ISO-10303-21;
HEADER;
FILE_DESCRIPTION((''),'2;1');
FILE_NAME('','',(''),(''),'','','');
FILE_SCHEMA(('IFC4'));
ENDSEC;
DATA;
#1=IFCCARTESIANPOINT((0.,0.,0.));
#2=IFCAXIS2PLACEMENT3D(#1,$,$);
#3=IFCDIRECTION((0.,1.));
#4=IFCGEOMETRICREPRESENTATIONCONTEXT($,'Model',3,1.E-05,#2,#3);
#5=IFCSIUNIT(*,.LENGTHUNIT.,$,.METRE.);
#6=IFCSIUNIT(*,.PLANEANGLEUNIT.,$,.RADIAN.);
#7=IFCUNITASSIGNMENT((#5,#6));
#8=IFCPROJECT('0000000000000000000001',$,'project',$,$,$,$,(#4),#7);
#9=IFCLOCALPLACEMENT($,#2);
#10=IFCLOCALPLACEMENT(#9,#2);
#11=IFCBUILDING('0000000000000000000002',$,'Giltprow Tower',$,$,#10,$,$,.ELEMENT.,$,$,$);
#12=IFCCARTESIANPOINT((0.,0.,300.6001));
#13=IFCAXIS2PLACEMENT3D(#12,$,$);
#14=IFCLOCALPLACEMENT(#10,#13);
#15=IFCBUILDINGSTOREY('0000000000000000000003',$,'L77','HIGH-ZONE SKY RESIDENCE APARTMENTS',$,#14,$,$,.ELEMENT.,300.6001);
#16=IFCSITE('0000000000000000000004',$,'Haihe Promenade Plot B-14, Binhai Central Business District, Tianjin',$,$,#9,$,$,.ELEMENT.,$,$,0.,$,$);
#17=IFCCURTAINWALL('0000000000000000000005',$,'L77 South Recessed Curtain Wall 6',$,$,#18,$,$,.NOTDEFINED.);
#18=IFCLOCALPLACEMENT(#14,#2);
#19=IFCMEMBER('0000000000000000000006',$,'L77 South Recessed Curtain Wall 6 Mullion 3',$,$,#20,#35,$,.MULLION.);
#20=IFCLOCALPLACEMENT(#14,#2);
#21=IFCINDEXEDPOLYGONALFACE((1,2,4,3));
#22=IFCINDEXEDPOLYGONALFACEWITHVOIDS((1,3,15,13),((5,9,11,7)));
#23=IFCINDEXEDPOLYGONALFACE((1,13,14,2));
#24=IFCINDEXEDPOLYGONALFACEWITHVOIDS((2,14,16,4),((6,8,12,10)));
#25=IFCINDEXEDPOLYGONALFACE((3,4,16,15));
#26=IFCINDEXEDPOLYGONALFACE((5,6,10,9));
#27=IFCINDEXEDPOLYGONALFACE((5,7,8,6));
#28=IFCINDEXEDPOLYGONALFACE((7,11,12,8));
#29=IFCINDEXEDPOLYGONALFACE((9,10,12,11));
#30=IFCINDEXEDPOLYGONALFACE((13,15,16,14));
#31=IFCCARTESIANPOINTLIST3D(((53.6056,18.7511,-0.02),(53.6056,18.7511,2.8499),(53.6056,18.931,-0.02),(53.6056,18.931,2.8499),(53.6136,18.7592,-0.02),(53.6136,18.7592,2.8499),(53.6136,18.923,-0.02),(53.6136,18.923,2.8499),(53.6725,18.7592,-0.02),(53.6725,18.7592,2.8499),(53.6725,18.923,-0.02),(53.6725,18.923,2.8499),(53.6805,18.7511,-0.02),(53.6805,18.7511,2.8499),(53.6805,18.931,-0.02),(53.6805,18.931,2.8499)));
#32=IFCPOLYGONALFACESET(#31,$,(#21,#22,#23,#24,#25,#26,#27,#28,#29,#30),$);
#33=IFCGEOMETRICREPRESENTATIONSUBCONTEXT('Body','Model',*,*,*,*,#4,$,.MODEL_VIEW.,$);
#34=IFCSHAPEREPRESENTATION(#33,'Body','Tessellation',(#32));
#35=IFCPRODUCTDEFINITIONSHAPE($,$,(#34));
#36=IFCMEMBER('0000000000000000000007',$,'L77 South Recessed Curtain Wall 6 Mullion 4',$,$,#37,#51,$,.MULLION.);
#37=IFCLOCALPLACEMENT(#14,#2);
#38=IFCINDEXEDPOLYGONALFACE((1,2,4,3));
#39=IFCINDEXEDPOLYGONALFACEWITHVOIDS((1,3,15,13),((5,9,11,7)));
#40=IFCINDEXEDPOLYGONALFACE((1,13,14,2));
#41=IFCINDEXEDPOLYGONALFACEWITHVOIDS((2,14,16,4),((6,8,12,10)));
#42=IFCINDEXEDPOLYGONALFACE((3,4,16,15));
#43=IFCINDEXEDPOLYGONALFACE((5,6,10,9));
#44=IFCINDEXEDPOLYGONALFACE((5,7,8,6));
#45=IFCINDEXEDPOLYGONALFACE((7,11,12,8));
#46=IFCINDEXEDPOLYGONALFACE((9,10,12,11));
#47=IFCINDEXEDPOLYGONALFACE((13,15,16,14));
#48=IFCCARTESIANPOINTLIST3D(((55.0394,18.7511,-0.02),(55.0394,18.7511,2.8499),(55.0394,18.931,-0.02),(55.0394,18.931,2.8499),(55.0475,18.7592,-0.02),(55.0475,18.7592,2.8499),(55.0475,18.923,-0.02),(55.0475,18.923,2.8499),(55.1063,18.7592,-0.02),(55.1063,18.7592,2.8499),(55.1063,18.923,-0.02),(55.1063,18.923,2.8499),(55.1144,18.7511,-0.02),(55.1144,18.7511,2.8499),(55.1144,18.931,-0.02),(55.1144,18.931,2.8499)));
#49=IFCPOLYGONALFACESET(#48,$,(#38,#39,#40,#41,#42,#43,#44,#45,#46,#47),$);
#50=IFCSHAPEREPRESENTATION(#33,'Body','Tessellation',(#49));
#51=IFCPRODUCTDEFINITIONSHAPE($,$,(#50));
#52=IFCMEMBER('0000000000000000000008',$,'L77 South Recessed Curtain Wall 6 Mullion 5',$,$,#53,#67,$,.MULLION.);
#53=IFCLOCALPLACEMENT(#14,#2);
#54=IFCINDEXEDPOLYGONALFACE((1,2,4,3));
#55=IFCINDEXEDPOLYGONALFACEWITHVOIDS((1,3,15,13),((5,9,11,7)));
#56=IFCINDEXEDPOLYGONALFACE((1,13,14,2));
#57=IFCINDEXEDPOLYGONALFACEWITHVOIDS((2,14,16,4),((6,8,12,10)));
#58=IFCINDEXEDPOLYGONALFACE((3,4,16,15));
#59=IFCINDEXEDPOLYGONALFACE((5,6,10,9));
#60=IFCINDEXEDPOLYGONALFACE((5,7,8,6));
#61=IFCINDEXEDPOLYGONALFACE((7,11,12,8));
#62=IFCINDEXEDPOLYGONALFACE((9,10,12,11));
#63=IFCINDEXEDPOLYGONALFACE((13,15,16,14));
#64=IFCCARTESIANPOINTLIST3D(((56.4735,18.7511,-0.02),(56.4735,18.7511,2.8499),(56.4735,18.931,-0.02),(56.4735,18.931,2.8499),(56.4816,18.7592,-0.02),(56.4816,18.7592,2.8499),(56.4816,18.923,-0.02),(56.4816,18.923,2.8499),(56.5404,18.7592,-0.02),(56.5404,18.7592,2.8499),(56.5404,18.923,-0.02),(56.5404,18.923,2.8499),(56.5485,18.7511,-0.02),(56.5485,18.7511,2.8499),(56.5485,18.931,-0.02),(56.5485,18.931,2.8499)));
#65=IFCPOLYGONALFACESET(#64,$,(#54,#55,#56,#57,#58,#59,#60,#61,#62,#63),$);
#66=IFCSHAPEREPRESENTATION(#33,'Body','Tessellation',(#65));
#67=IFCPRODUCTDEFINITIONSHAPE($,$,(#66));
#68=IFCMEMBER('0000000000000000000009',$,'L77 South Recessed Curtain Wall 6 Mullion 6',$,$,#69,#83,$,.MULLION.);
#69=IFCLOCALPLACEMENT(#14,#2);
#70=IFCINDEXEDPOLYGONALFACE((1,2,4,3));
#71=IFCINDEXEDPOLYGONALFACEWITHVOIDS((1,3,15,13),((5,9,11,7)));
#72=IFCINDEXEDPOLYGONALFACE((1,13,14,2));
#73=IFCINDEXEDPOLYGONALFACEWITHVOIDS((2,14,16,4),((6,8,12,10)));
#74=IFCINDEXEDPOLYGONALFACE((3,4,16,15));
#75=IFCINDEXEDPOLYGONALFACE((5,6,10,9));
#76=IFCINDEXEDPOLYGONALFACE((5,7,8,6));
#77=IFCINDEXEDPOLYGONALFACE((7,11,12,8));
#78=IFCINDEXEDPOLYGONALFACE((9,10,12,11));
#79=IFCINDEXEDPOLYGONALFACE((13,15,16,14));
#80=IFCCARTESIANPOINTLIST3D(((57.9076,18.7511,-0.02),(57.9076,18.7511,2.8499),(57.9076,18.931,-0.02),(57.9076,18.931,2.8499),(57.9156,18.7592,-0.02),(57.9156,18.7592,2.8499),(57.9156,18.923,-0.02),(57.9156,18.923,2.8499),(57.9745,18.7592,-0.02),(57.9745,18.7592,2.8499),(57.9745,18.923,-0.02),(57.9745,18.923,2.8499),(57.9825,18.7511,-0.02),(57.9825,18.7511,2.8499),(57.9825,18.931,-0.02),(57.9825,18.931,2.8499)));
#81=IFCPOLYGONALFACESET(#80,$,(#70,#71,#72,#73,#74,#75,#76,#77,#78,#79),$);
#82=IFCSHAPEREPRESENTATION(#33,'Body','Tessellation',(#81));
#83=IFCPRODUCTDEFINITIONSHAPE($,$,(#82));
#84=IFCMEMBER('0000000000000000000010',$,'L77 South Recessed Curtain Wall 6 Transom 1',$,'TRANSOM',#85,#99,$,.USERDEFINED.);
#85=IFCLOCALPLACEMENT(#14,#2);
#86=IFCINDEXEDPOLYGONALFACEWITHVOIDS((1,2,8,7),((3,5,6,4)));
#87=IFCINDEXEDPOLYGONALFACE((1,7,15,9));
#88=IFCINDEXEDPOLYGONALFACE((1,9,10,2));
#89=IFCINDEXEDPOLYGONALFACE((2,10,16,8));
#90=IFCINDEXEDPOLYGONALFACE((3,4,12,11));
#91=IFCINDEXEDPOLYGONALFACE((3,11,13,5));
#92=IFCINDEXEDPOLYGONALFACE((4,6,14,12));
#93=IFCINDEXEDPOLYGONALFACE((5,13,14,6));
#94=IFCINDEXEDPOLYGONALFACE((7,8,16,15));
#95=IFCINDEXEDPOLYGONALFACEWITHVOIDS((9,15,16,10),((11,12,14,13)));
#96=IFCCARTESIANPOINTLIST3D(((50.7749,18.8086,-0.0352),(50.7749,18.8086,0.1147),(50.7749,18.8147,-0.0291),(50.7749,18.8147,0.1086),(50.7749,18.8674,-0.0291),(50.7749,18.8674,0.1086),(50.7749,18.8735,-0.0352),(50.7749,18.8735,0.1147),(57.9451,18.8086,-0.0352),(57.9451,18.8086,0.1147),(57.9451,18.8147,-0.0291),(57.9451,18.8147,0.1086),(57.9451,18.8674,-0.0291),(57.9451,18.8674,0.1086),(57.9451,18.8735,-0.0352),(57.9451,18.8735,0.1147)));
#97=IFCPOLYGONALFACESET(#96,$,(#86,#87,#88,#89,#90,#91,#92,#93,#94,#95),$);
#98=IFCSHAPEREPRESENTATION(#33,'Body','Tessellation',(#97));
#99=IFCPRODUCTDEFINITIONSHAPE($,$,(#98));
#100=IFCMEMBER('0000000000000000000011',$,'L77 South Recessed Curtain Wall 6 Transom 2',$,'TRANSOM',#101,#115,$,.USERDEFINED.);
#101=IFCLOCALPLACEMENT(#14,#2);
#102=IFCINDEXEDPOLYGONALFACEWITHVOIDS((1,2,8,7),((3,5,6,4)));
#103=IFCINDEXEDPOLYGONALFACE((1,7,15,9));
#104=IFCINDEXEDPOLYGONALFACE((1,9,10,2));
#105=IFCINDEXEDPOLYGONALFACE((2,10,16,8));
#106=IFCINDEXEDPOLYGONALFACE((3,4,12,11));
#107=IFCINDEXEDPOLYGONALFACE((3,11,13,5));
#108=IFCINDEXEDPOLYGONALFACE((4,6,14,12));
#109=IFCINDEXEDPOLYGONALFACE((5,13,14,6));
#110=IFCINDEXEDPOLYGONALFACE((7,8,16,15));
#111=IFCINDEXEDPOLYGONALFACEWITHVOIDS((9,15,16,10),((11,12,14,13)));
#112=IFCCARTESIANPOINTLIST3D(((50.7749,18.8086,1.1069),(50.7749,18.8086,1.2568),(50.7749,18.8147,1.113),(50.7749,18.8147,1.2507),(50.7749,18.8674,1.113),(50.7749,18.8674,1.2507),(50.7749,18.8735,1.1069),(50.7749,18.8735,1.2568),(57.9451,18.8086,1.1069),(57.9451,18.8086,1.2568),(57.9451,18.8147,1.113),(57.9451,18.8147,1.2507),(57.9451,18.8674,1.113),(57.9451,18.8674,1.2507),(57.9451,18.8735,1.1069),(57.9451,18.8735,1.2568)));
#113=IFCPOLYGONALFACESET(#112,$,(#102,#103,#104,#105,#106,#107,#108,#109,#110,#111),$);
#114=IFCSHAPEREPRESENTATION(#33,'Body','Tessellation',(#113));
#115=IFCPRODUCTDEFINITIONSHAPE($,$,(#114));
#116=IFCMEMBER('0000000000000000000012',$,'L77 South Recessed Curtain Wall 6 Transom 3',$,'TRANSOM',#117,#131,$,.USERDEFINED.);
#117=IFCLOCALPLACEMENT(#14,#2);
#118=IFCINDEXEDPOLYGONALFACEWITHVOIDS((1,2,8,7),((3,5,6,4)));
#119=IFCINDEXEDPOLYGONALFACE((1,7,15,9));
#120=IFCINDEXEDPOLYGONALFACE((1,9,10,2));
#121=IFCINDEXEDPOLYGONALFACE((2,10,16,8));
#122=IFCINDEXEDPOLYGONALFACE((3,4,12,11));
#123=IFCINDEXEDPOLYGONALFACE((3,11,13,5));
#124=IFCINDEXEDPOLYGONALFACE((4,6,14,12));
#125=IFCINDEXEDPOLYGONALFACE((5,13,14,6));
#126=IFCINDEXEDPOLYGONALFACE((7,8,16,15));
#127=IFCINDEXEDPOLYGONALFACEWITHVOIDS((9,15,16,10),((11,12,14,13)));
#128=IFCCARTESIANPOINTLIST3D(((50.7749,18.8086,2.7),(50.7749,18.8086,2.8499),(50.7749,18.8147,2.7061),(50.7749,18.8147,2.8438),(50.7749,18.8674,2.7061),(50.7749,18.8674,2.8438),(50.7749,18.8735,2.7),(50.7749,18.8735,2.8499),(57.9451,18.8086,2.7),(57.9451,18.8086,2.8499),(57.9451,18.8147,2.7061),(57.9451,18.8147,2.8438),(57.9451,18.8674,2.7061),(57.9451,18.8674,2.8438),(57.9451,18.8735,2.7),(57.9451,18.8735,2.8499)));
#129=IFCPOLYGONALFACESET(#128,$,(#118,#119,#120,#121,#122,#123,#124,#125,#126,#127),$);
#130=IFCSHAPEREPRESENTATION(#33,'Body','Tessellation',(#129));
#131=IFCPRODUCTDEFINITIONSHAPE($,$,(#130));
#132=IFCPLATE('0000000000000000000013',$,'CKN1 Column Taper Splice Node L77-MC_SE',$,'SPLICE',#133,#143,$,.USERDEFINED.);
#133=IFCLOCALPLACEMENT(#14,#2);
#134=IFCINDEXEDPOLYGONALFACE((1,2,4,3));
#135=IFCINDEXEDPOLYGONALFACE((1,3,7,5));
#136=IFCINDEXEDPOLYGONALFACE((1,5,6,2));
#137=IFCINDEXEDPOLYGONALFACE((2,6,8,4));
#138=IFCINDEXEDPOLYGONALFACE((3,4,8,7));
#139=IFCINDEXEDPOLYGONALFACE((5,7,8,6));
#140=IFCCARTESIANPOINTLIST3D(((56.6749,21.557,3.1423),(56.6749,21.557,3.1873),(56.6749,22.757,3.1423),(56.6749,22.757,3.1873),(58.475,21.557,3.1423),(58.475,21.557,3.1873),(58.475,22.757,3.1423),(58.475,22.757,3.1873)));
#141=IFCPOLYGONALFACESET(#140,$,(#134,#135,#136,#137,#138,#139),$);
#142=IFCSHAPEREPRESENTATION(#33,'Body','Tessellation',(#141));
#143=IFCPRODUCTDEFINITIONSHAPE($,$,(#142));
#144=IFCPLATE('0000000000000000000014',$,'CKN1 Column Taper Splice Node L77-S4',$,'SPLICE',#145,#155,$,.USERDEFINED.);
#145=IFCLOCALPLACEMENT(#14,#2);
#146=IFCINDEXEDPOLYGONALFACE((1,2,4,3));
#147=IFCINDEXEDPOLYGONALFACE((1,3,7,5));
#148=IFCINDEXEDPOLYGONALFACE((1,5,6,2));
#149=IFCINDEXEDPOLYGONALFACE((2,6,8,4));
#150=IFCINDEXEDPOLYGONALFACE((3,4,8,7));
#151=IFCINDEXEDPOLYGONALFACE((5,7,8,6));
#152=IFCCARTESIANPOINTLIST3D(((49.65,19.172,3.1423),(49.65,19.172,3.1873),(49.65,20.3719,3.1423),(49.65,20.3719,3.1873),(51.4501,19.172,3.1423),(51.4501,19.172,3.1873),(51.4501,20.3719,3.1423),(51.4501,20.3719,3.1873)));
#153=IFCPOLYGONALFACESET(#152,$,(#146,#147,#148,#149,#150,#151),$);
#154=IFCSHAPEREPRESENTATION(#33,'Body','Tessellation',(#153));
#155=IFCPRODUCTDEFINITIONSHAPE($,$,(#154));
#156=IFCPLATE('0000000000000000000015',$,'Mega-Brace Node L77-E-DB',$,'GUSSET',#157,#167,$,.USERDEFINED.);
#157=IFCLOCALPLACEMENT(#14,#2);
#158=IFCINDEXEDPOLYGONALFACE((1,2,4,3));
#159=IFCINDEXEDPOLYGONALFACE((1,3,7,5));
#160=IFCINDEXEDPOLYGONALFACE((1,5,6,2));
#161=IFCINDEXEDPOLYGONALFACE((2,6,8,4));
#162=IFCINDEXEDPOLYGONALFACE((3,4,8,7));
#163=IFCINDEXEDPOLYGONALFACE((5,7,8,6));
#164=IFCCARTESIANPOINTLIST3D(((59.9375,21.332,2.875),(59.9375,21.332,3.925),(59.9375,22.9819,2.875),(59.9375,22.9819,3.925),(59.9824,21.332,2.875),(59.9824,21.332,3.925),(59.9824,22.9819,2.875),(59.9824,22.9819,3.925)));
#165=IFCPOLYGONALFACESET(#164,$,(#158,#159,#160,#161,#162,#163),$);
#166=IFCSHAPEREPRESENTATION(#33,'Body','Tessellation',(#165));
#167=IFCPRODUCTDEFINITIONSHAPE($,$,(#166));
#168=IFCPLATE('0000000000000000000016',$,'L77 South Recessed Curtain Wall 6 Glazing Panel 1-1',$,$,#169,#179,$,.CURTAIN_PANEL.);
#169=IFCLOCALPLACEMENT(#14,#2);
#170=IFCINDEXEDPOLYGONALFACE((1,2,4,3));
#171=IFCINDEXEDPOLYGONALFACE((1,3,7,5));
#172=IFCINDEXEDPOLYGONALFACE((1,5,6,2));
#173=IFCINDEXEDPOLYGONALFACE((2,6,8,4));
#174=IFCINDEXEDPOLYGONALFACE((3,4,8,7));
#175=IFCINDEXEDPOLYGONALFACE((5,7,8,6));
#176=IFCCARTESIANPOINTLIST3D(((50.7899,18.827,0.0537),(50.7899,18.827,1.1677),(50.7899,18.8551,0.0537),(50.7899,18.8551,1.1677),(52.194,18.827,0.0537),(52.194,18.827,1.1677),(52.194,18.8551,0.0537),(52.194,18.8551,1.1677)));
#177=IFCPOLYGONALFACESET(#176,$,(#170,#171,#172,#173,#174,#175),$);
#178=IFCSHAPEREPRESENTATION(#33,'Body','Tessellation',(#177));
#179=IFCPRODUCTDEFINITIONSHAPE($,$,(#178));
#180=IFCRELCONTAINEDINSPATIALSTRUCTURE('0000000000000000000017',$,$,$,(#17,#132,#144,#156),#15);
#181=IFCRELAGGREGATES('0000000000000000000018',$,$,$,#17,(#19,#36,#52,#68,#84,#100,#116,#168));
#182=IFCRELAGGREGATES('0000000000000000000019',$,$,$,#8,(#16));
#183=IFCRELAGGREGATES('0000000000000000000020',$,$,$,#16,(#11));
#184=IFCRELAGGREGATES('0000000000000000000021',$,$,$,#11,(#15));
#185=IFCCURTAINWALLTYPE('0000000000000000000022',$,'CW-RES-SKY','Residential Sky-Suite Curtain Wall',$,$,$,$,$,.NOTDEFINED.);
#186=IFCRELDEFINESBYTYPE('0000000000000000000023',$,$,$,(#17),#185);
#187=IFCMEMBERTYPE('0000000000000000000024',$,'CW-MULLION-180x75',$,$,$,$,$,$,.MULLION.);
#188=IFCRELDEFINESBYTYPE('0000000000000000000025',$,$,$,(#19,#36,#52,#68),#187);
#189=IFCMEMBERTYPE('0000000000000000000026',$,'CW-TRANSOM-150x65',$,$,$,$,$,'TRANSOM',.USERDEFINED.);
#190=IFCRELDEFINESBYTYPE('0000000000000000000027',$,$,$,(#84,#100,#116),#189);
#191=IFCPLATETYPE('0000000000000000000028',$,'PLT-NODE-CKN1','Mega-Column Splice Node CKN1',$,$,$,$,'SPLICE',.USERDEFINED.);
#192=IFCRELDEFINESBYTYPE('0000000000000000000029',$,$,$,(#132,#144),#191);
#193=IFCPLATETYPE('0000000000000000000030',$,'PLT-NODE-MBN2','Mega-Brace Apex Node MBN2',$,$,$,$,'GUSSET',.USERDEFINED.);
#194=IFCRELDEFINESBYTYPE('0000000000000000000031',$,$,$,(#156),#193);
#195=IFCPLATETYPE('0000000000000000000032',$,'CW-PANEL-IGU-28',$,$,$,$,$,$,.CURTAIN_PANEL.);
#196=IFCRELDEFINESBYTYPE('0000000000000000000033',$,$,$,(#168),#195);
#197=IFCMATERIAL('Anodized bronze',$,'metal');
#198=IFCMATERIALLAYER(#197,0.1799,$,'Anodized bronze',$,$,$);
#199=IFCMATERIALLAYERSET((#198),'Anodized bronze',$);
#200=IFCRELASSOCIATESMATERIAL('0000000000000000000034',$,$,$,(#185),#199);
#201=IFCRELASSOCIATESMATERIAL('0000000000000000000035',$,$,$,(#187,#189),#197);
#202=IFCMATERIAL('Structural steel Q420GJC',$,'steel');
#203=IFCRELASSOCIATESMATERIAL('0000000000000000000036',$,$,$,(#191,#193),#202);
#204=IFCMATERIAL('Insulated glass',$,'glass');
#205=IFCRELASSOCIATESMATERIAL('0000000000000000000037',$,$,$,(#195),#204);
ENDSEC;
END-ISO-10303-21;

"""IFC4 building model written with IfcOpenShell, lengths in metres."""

from ifc_helpers import new_model, si_unit, direction, frame, origin, origin_2d, place, context, subcontext, project, spatial, rectangle, hollow_rectangle, extrude, source, transform, mapped, material, layer, layer_set, material_profile, profile_set, type_object, element, aggregate, save


model = new_model("IFC4")

# Units and contexts
model_context = context("Model", 3, precision=1e-05, world=origin(), true_north=direction((0.0, 1.0)))
body_context = subcontext(model_context, "Body", "Model", "MODEL_VIEW")
ifc_project = project(units=[si_unit("LENGTHUNIT", "METRE"), si_unit("PLANEANGLEUNIT", "RADIAN")], contexts=[model_context])

# Site, building, storey
site_placement = place(None, origin())
site = spatial("IfcSite", under=ifc_project, at=site_placement, Name="Haihe Promenade Plot B-14, Binhai Central Business District, Tianjin", CompositionType="ELEMENT", RefElevation=0.0)
building_placement = place(site_placement, origin())
building = spatial("IfcBuilding", under=site, at=building_placement, Name="Giltprow Tower", CompositionType="ELEMENT")
storey_placement = place(building_placement, frame((0.0, 0.0, 300.6001)))
storey = spatial("IfcBuildingStorey", under=building, at=storey_placement, Name="L77", Description="HIGH-ZONE SKY RESIDENCE APARTMENTS", CompositionType="ELEMENT", Elevation=300.6001)

# Shared definitions
ifc_material_1 = material(Name="Structural steel Q420GJC", Category="steel")

# Curtain wall, members
ifc_material_2 = material(Name="Anodized bronze", Category="metal")
ifc_layer_1 = layer(ifc_material_2, 0.1799, Name="Anodized bronze")
ifc_layer_set_1 = layer_set([ifc_layer_1], Name="Anodized bronze")
curtain_wall_type = type_object("IfcCurtainWallType", Name="CW-RES-SKY", Description="Residential Sky-Suite Curtain Wall", PredefinedType="NOTDEFINED", material=ifc_layer_set_1)
curtain_wall_placement = place(storey_placement, origin())
curtain_wall = element("IfcCurtainWall", 1, at=curtain_wall_placement, inside=storey, type_object=curtain_wall_type, Name="L77 South Recessed Curtain Wall 6", PredefinedType="NOTDEFINED")
ifc_material_profile_1 = material_profile(ifc_material_2, hollow_rectangle(XDim=0.075, YDim=0.1799, WallThickness=0.0081, at=origin_2d()), Name="RHS 180x75x8")
ifc_profile_set_1 = profile_set([ifc_material_profile_1], Name="Anodized bronze")
member_type_1 = type_object("IfcMemberType", Name="CW-MULLION-180x75", PredefinedType="MULLION", material=ifc_profile_set_1)
shared_shape_1 = source(origin(), body_context, "Body", "SweptSolid", [
    extrude(hollow_rectangle(XDim=0.075, YDim=0.1799, WallThickness=0.0081, at=origin_2d()), origin(), (0.0, 0.0, 1.0), 2.8699),
])
member_1_placement = place(storey_placement, frame((53.6431, 18.8411, -0.02), z_axis=(0.0, 0.0, 1.0), x_axis=(1.0, 0.0, 0.0)))
member_1 = element("IfcMember", 2, at=member_1_placement, type_object=member_type_1, Name="L77 South Recessed Curtain Wall 6 Mullion 3", PredefinedType="MULLION", context=body_context, shape_type="MappedRepresentation", body=[
    mapped(shared_shape_1, transform((0.0, 0.0, 0.0), x_axis=(1.0, 0.0, 0.0), y_axis=(0.0, 1.0, 0.0), z_axis=(0.0, 0.0, 1.0), scale=1.0)),
])
member_2_placement = place(storey_placement, frame((55.0769, 18.8411, -0.02), z_axis=(0.0, 0.0, 1.0), x_axis=(1.0, 0.0, 0.0)))
member_2 = element("IfcMember", 3, at=member_2_placement, type_object=member_type_1, Name="L77 South Recessed Curtain Wall 6 Mullion 4", PredefinedType="MULLION", context=body_context, shape_type="MappedRepresentation", body=[
    mapped(shared_shape_1, transform((0.0, 0.0, 0.0), x_axis=(1.0, 0.0, 0.0), y_axis=(0.0, 1.0, 0.0), z_axis=(0.0, 0.0, 1.0), scale=1.0)),
])
member_3_placement = place(storey_placement, frame((56.511, 18.8411, -0.02), z_axis=(0.0, 0.0, 1.0), x_axis=(1.0, 0.0, 0.0)))
member_3 = element("IfcMember", 4, at=member_3_placement, type_object=member_type_1, Name="L77 South Recessed Curtain Wall 6 Mullion 5", PredefinedType="MULLION", context=body_context, shape_type="MappedRepresentation", body=[
    mapped(shared_shape_1, transform((0.0, 0.0, 0.0), x_axis=(1.0, 0.0, 0.0), y_axis=(0.0, 1.0, 0.0), z_axis=(0.0, 0.0, 1.0), scale=1.0)),
])
member_4_placement = place(storey_placement, frame((57.9451, 18.8411, -0.02), z_axis=(0.0, 0.0, 1.0), x_axis=(1.0, 0.0, 0.0)))
member_4 = element("IfcMember", 5, at=member_4_placement, type_object=member_type_1, Name="L77 South Recessed Curtain Wall 6 Mullion 6", PredefinedType="MULLION", context=body_context, shape_type="MappedRepresentation", body=[
    mapped(shared_shape_1, transform((0.0, 0.0, 0.0), x_axis=(1.0, 0.0, 0.0), y_axis=(0.0, 1.0, 0.0), z_axis=(0.0, 0.0, 1.0), scale=1.0)),
])
ifc_material_profile_2 = material_profile(ifc_material_2, hollow_rectangle(XDim=0.0649, YDim=0.1499, WallThickness=0.0061, at=origin_2d()), Name="RHS 150x65x6")
ifc_profile_set_2 = profile_set([ifc_material_profile_2], Name="Anodized bronze")
member_type_2 = type_object("IfcMemberType", Name="CW-TRANSOM-150x65", ElementType="TRANSOM", PredefinedType="USERDEFINED", material=ifc_profile_set_2)
shared_shape_2 = source(origin(), body_context, "Body", "SweptSolid", [
    extrude(hollow_rectangle(XDim=0.0649, YDim=0.1499, WallThickness=0.0061, at=origin_2d()), origin(), (0.0, 0.0, 1.0), 7.1702),
])
member_5_placement = place(storey_placement, frame((50.7749, 18.8411, 0.0398), z_axis=(1.0, 0.0, 0.0), x_axis=(0.0, 1.0, 0.0)))
member_5 = element("IfcMember", 6, at=member_5_placement, type_object=member_type_2, Name="L77 South Recessed Curtain Wall 6 Transom 1", ObjectType="TRANSOM", PredefinedType="USERDEFINED", context=body_context, shape_type="MappedRepresentation", body=[
    mapped(shared_shape_2, transform((0.0, 0.0, 0.0), x_axis=(1.0, 0.0, 0.0), y_axis=(0.0, 1.0, 0.0), z_axis=(0.0, 0.0, 1.0), scale=1.0)),
])
member_6_placement = place(storey_placement, frame((50.7749, 18.8411, 1.1819), z_axis=(1.0, 0.0, 0.0), x_axis=(0.0, 1.0, 0.0)))
member_6 = element("IfcMember", 7, at=member_6_placement, type_object=member_type_2, Name="L77 South Recessed Curtain Wall 6 Transom 2", ObjectType="TRANSOM", PredefinedType="USERDEFINED", context=body_context, shape_type="MappedRepresentation", body=[
    mapped(shared_shape_2, transform((0.0, 0.0, 0.0), x_axis=(1.0, 0.0, 0.0), y_axis=(0.0, 1.0, 0.0), z_axis=(0.0, 0.0, 1.0), scale=1.0)),
])
member_7_placement = place(storey_placement, frame((50.7749, 18.8411, 2.7749), z_axis=(1.0, 0.0, 0.0), x_axis=(0.0, 1.0, 0.0)))
member_7 = element("IfcMember", 8, at=member_7_placement, type_object=member_type_2, Name="L77 South Recessed Curtain Wall 6 Transom 3", ObjectType="TRANSOM", PredefinedType="USERDEFINED", context=body_context, shape_type="MappedRepresentation", body=[
    mapped(shared_shape_2, transform((0.0, 0.0, 0.0), x_axis=(1.0, 0.0, 0.0), y_axis=(0.0, 1.0, 0.0), z_axis=(0.0, 0.0, 1.0), scale=1.0)),
])

# Plates
plate_type_1 = type_object("IfcPlateType", Name="PLT-NODE-CKN1", Description="Mega-Column Splice Node CKN1", ElementType="SPLICE", PredefinedType="USERDEFINED", material=ifc_material_1)
shared_shape_3 = source(origin(), body_context, "Body", "SweptSolid", [
    extrude(rectangle(XDim=1.8, YDim=1.2, at=origin_2d()), origin(), (0.0, 0.0, 1.0), 0.0449),
])
for number, where, z_axis, x_axis, name in (
    (9, (57.575, 22.157, 3.1423), (0.0, 0.0, 1.0), (1.0, 0.0, 0.0), "CKN1 Column Taper Splice Node L77-MC_SE"),
    (10, (50.55, 19.772, 3.1423), (0.0, 0.0, 1.0), (1.0, 0.0, 0.0), "CKN1 Column Taper Splice Node L77-S4"),
):
    element("IfcPlate", number, at=place(storey_placement, frame(where, z_axis=z_axis, x_axis=x_axis)), inside=storey, type_object=plate_type_1, Name=name, ObjectType="SPLICE", PredefinedType="USERDEFINED", context=body_context, shape_type="MappedRepresentation", body=[
        mapped(shared_shape_3, transform((0.0, 0.0, 0.0), x_axis=(1.0, 0.0, 0.0), y_axis=(0.0, 1.0, 0.0), z_axis=(0.0, 0.0, 1.0), scale=1.0)),
    ])
plate_type_2 = type_object("IfcPlateType", Name="PLT-NODE-MBN2", Description="Mega-Brace Apex Node MBN2", ElementType="GUSSET", PredefinedType="USERDEFINED", material=ifc_material_1)
shared_shape_4 = source(origin(), body_context, "Body", "SweptSolid", [
    extrude(rectangle(XDim=1.6499, YDim=0.0449, at=origin_2d()), origin(), (0.0, 0.0, 1.0), 1.05),
])
plate_1_placement = place(storey_placement, frame((59.96, 22.157, 2.875), z_axis=(0.0, 0.0, 1.0), x_axis=(0.0, 1.0, 0.0)))
element("IfcPlate", 11, at=plate_1_placement, inside=storey, type_object=plate_type_2, Name="Mega-Brace Node L77-E-DB", ObjectType="GUSSET", PredefinedType="USERDEFINED", context=body_context, shape_type="MappedRepresentation", body=[
    mapped(shared_shape_4, transform((0.0, 0.0, 0.0), x_axis=(1.0, 0.0, 0.0), y_axis=(0.0, 1.0, 0.0), z_axis=(0.0, 0.0, 1.0), scale=1.0)),
])

# Plate
ifc_material_3 = material(Name="Insulated glass", Category="glass")
plate_type_3 = type_object("IfcPlateType", Name="CW-PANEL-IGU-28", PredefinedType="CURTAIN_PANEL", material=ifc_material_3)
shared_shape_5 = source(origin(), body_context, "Body", "SweptSolid", [
    extrude(rectangle(XDim=1.4041, YDim=0.0281, at=origin_2d()), origin(), (0.0, 0.0, 1.0), 1.114),
])
plate_2_placement = place(storey_placement, frame((51.4919, 18.8411, 0.0537), z_axis=(0.0, 0.0, 1.0), x_axis=(1.0, 0.0, 0.0)))
plate_2 = element("IfcPlate", 12, at=plate_2_placement, type_object=plate_type_3, Name="L77 South Recessed Curtain Wall 6 Glazing Panel 1-1", PredefinedType="CURTAIN_PANEL", context=body_context, shape_type="MappedRepresentation", body=[
    mapped(shared_shape_5, transform((0.0, 0.0, 0.0), x_axis=(1.0, 0.0, 0.0), y_axis=(0.0, 1.0, 0.0), z_axis=(0.0, 0.0, 1.0), scale=1.0)),
])
aggregate(curtain_wall, [member_1, member_2, member_3, member_4, member_5, member_6, member_7, plate_2])

save(model, "model.ifc")
